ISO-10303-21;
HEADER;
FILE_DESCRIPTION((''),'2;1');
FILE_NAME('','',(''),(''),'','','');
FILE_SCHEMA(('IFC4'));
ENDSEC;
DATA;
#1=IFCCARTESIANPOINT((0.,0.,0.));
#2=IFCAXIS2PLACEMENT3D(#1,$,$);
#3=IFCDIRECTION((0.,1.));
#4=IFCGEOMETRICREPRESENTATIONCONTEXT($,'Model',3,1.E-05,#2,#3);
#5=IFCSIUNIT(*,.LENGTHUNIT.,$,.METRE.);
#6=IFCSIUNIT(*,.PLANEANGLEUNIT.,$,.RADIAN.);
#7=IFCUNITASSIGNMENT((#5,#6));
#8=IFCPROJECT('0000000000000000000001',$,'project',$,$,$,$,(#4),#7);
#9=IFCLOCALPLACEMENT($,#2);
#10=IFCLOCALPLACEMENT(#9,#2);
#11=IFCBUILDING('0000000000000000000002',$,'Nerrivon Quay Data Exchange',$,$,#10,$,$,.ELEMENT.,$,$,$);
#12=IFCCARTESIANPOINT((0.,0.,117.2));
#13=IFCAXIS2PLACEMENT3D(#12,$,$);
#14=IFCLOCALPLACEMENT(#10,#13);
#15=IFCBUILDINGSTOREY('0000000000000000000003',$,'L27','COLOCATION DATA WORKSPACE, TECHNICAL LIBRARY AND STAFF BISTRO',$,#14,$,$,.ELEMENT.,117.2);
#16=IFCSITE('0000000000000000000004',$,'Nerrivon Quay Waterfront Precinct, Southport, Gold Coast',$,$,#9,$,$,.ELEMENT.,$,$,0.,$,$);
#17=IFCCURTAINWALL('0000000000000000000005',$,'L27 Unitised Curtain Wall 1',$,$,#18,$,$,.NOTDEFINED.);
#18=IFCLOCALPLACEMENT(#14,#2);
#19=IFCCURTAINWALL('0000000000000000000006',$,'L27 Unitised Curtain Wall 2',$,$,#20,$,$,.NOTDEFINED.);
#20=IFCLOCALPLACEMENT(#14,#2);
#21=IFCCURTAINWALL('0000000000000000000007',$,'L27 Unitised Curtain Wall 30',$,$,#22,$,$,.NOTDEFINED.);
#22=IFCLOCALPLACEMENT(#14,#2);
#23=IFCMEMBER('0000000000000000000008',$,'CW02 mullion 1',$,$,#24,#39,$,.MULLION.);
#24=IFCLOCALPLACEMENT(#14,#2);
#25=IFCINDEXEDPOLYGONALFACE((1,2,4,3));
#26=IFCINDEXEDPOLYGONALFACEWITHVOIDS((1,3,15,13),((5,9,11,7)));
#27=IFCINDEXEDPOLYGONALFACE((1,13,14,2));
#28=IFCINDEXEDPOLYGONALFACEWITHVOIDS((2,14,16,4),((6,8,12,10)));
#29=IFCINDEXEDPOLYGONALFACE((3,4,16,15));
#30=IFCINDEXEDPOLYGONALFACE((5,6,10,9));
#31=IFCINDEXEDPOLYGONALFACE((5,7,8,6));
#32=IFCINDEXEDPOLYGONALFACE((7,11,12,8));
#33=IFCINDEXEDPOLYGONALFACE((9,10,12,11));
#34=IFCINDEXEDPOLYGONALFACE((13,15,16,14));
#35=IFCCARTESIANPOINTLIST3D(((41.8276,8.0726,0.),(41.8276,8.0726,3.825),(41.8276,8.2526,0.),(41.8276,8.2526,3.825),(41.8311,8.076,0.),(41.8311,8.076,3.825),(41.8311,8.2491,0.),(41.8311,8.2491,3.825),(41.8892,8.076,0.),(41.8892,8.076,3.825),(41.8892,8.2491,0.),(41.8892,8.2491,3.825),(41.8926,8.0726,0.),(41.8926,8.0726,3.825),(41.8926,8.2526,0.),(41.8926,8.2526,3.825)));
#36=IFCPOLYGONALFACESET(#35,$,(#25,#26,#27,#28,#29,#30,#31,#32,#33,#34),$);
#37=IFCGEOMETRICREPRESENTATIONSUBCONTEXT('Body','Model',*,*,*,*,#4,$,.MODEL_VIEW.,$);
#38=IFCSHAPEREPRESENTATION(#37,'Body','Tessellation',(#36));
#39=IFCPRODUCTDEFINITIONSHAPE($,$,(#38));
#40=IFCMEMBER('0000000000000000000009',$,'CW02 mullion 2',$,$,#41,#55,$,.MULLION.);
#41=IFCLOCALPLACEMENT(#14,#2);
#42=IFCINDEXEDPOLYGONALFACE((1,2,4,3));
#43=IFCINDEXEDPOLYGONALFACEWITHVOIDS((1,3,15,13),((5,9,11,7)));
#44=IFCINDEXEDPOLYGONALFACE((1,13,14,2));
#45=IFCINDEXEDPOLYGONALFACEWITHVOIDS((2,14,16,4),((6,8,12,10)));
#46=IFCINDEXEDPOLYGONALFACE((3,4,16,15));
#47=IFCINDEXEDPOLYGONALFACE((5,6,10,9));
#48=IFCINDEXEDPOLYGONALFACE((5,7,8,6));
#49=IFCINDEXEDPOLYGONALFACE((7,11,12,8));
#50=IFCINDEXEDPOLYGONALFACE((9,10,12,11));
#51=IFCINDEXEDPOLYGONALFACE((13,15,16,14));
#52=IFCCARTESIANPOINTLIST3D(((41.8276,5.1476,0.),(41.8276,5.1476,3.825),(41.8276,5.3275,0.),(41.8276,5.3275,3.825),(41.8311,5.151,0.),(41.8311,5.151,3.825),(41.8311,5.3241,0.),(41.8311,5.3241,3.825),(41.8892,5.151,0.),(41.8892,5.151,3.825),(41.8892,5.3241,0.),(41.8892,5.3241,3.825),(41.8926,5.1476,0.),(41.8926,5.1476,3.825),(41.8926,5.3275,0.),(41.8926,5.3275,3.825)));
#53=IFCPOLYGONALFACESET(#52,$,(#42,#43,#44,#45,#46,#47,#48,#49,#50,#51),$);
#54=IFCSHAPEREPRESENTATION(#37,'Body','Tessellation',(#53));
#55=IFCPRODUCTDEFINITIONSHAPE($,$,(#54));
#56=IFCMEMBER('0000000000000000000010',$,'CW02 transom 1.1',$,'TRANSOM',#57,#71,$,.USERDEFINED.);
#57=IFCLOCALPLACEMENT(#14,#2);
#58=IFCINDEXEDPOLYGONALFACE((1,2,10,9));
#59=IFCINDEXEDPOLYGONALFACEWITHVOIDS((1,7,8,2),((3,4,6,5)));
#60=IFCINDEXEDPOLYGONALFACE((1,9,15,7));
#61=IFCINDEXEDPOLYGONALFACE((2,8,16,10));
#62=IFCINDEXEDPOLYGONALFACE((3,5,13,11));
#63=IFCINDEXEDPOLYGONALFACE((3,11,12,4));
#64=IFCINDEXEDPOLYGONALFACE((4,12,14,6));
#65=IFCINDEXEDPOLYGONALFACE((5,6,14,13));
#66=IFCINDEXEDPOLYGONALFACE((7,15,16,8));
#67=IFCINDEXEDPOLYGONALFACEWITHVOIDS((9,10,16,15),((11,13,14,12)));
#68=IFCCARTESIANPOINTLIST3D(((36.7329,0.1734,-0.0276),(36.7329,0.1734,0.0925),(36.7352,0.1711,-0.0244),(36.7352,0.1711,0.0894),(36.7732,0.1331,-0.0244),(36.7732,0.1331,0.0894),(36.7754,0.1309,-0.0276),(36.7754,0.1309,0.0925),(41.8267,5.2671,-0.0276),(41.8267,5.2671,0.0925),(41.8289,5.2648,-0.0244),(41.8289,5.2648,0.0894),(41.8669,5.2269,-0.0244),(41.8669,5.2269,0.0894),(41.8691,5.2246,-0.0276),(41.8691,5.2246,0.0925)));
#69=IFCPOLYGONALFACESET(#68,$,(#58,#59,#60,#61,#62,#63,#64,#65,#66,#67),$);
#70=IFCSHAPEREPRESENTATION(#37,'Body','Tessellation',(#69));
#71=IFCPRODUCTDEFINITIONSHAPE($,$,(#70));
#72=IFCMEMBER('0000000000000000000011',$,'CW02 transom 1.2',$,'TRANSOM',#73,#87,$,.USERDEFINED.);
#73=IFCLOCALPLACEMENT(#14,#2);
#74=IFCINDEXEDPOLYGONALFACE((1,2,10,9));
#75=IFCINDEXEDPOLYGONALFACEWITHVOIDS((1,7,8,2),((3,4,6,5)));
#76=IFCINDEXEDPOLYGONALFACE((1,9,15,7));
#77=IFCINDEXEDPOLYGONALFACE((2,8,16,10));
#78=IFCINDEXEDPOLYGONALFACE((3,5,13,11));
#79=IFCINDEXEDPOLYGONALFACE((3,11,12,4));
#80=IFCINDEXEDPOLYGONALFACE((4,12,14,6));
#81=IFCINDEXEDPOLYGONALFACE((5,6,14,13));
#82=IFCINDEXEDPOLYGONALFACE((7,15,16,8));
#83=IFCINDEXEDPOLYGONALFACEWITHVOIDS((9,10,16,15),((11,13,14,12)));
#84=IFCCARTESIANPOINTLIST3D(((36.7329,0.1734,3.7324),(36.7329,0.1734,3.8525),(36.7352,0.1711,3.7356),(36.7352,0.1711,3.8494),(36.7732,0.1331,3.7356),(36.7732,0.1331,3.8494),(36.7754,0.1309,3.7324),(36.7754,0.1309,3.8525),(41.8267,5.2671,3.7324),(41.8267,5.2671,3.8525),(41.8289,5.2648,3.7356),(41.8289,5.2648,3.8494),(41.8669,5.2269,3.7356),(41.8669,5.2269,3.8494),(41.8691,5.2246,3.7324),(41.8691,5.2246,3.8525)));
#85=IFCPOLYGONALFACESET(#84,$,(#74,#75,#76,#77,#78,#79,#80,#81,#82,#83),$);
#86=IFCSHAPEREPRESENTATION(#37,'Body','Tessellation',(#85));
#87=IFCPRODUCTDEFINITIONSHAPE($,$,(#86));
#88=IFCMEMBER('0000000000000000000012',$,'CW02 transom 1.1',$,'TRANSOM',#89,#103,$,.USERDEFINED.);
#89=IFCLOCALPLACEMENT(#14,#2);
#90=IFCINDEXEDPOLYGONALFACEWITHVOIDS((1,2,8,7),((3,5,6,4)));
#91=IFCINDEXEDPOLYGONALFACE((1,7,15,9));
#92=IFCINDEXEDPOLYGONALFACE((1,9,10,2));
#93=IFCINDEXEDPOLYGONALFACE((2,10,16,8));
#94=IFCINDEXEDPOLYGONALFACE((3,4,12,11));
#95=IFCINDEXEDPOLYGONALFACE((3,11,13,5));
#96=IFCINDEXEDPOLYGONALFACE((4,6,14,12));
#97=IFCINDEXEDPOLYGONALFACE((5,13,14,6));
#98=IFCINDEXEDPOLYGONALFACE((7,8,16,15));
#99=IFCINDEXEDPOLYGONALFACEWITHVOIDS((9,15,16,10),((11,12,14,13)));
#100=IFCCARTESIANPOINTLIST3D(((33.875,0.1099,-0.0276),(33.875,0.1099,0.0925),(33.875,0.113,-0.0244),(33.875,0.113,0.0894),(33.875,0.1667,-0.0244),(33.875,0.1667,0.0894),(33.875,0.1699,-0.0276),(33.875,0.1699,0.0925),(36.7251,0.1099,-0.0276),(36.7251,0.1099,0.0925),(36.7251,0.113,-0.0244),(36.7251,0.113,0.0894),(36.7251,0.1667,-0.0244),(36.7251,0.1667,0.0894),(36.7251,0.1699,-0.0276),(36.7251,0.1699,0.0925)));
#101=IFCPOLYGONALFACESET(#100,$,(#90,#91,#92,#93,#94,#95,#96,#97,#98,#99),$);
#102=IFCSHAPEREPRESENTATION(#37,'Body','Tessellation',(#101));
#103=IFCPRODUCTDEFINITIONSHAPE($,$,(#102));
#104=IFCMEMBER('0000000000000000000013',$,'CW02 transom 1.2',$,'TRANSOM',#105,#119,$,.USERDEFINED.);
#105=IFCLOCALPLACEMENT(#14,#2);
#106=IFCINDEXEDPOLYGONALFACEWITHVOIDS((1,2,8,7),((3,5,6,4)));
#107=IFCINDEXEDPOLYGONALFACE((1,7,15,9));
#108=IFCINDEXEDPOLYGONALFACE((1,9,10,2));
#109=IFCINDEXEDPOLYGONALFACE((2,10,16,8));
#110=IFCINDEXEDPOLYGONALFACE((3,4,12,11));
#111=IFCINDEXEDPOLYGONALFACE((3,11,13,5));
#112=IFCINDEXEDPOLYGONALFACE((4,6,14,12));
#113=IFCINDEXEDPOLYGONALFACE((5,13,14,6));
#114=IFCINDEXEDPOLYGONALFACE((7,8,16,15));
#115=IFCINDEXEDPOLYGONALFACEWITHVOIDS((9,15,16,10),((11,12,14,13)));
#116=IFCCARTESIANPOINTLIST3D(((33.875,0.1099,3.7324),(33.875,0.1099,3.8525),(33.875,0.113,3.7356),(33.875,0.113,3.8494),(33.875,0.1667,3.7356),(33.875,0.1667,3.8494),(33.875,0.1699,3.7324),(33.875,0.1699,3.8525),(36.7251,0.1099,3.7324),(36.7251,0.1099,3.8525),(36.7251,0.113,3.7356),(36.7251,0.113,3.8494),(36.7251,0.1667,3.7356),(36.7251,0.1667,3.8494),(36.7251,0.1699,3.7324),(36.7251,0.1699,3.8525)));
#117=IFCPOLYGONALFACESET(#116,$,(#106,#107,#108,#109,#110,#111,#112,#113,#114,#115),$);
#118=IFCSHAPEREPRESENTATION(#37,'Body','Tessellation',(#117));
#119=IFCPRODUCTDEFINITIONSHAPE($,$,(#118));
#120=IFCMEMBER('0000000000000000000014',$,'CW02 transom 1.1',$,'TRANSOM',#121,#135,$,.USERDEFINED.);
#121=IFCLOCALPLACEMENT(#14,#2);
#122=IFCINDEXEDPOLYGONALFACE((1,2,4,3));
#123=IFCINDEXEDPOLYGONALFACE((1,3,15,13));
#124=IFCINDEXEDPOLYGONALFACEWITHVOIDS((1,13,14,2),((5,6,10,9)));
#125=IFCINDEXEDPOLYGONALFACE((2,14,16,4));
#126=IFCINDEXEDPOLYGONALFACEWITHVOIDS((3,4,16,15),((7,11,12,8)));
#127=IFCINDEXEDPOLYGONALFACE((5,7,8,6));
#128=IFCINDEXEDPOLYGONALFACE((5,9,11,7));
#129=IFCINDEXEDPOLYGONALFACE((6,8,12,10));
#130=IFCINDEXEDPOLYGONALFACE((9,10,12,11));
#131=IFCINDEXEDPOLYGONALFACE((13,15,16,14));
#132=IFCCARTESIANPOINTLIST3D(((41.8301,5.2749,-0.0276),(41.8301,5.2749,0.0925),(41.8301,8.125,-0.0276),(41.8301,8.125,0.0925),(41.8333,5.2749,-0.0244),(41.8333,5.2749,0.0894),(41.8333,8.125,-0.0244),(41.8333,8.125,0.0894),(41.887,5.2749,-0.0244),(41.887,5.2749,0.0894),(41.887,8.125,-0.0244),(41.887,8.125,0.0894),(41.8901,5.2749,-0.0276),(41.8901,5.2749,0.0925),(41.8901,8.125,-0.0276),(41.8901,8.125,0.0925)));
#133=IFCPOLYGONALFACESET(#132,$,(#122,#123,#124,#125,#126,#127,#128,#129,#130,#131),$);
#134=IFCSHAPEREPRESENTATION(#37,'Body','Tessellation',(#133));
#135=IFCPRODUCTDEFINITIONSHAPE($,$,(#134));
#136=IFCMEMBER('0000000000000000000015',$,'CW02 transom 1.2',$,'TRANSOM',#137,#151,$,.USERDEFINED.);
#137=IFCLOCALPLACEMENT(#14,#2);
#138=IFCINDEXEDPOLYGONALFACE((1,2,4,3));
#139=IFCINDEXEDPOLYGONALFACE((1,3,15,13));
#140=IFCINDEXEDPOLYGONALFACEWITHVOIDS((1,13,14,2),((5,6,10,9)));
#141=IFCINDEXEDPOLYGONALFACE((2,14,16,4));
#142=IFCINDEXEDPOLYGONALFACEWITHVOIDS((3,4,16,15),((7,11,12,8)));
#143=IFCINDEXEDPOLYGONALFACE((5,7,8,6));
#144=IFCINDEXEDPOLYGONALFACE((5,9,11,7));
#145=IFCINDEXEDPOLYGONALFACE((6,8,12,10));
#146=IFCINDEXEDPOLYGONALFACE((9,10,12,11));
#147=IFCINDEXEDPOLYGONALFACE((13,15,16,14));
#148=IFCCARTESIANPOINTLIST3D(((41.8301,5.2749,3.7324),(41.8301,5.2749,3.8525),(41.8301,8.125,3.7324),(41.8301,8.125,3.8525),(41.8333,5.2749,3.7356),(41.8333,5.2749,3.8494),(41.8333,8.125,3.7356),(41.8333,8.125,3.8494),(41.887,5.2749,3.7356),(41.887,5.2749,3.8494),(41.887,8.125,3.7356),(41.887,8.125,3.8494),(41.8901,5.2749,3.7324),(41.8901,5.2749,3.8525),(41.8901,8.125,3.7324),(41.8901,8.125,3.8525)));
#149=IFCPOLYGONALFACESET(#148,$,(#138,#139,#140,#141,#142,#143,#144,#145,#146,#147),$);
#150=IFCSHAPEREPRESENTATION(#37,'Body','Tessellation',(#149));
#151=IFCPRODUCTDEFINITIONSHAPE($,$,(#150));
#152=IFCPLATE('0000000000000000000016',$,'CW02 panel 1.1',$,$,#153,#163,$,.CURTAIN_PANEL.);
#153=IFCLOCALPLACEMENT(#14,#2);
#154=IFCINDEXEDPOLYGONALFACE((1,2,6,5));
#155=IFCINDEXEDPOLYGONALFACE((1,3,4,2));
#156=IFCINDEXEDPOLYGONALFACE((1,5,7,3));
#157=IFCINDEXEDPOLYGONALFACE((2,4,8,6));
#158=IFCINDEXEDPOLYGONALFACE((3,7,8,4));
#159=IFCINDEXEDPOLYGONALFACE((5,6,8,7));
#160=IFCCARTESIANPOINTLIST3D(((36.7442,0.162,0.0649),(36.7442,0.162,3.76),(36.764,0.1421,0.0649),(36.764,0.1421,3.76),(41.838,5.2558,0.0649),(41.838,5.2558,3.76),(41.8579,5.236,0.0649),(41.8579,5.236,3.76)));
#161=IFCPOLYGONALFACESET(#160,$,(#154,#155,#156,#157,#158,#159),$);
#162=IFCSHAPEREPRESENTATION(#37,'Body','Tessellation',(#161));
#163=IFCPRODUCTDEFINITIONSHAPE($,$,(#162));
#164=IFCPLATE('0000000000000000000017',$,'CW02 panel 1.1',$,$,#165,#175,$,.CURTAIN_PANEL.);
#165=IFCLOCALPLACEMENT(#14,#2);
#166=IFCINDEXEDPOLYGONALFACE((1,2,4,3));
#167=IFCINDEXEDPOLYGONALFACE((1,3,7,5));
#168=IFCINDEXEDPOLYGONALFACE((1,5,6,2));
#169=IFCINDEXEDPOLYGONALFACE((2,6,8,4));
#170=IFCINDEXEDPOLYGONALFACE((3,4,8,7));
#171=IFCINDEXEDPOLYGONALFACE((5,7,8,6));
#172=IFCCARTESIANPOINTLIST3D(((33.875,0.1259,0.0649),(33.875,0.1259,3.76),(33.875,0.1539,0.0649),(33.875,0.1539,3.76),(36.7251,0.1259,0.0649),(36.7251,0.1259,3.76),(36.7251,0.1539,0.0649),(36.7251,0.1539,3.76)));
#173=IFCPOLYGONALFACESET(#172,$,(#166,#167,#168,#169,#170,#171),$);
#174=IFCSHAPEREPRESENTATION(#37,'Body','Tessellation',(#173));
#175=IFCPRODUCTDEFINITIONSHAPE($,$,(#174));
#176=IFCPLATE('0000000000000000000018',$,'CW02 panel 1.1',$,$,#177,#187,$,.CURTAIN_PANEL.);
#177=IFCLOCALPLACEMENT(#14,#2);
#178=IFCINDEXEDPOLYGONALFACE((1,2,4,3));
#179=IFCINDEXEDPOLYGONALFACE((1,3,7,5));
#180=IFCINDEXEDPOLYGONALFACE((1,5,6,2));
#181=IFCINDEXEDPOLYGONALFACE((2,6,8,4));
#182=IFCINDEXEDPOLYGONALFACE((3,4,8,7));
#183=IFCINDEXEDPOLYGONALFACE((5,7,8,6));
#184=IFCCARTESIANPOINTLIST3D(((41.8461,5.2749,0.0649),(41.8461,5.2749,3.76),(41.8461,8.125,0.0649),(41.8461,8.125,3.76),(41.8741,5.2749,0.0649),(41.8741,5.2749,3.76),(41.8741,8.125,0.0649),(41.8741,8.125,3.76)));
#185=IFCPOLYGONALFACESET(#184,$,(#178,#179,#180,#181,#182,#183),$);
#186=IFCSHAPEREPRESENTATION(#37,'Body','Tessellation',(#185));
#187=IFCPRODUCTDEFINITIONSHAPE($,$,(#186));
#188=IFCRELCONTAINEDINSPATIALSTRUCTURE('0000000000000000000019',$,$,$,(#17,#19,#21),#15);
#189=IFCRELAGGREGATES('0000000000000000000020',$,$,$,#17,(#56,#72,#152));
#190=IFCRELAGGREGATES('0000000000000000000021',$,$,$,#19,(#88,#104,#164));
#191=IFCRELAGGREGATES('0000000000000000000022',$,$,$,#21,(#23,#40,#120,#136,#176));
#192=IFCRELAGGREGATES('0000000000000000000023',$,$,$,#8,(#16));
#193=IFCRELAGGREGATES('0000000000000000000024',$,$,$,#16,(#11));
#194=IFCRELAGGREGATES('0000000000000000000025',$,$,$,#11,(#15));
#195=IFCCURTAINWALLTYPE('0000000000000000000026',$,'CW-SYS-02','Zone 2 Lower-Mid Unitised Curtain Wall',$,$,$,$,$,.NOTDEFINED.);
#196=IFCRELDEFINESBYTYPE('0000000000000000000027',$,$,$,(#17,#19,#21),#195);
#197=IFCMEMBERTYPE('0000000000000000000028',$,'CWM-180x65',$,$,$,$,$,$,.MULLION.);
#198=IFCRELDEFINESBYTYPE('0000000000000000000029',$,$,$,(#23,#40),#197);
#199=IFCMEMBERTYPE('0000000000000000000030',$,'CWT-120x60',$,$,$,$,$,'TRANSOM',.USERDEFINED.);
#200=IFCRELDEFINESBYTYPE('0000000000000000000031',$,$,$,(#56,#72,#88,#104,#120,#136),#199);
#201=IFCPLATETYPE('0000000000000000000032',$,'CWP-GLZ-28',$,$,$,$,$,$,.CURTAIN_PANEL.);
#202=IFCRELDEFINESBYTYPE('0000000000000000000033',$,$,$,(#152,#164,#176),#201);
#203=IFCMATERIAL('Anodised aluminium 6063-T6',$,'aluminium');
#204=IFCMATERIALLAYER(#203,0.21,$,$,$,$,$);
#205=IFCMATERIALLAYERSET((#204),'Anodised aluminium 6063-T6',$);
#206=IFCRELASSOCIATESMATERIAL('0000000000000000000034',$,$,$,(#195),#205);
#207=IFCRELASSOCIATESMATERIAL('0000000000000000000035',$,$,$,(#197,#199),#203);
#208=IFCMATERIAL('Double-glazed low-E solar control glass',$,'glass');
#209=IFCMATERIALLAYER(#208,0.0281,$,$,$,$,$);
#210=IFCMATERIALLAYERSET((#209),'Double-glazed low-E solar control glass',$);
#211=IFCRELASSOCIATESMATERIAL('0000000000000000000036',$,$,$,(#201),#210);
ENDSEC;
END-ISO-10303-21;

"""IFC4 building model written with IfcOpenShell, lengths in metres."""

from ifc_helpers import new_model, si_unit, direction, frame, origin, origin_2d, place, context, subcontext, project, spatial, rectangle, hollow_rectangle, extrude, material, layer, layer_set, material_profile, profile_set, type_object, element, aggregate, save


model = new_model("IFC4")

# Units and contexts
model_context = context("Model", 3, precision=1e-05, world=origin(), true_north=direction((0.0, 1.0)))
body_context = subcontext(model_context, "Body", "Model", "MODEL_VIEW")
ifc_project = project(units=[si_unit("LENGTHUNIT", "METRE"), si_unit("PLANEANGLEUNIT", "RADIAN")], contexts=[model_context])

# Site, building, storey
site_placement = place(None, origin())
site = spatial("IfcSite", under=ifc_project, at=site_placement, Name="Nerrivon Quay Waterfront Precinct, Southport, Gold Coast", CompositionType="ELEMENT", RefElevation=0.0)
building_placement = place(site_placement, origin())
building = spatial("IfcBuilding", under=site, at=building_placement, Name="Nerrivon Quay Data Exchange", CompositionType="ELEMENT")
storey_placement = place(building_placement, frame((0.0, 0.0, 117.2)))
storey = spatial("IfcBuildingStorey", under=building, at=storey_placement, Name="L27", Description="COLOCATION DATA WORKSPACE, TECHNICAL LIBRARY AND STAFF BISTRO", CompositionType="ELEMENT", Elevation=117.2)

# Curtain walls, members
ifc_material_1 = material(Name="Anodised aluminium 6063-T6", Category="aluminium")
ifc_layer_1 = layer(ifc_material_1, 0.21)
ifc_layer_set_1 = layer_set([ifc_layer_1], Name="Anodised aluminium 6063-T6")
curtain_wall_type = type_object("IfcCurtainWallType", Name="CW-SYS-02", Description="Zone 2 Lower-Mid Unitised Curtain Wall", PredefinedType="NOTDEFINED", material=ifc_layer_set_1)
curtain_wall_1_placement = place(storey_placement, origin())
curtain_wall_1 = element("IfcCurtainWall", 1, at=curtain_wall_1_placement, inside=storey, type_object=curtain_wall_type, Name="L27 Unitised Curtain Wall 1", PredefinedType="NOTDEFINED")
ifc_material_profile_1 = material_profile(ifc_material_1, hollow_rectangle(XDim=0.0649, YDim=0.1799, WallThickness=0.0034, at=origin_2d()), Name="ALU-MULL-180x65")
ifc_profile_set_1 = profile_set([ifc_material_profile_1], Name="Anodised aluminium 6063-T6")
member_type_1 = type_object("IfcMemberType", Name="CWM-180x65", PredefinedType="MULLION", material=ifc_profile_set_1)
curtain_wall_2_placement = place(storey_placement, origin())
curtain_wall_2 = element("IfcCurtainWall", 2, at=curtain_wall_2_placement, inside=storey, type_object=curtain_wall_type, Name="L27 Unitised Curtain Wall 2", PredefinedType="NOTDEFINED")
curtain_wall_3_placement = place(storey_placement, origin())
curtain_wall_3 = element("IfcCurtainWall", 3, at=curtain_wall_3_placement, inside=storey, type_object=curtain_wall_type, Name="L27 Unitised Curtain Wall 30", PredefinedType="NOTDEFINED")
member_1_placement = place(storey_placement, frame((41.8601, 8.1626, 0.0), z_axis=(0.0, 0.0, 1.0), x_axis=(1.0, 0.0, 0.0)))
member_1 = element("IfcMember", 4, at=member_1_placement, type_object=member_type_1, Name="CW02 mullion 1", PredefinedType="MULLION", context=body_context, shape_type="SweptSolid", body=[
    extrude(hollow_rectangle(XDim=0.0649, YDim=0.1799, WallThickness=0.0034, at=origin_2d()), origin(), (0.0, 0.0, 1.0), 3.825),
])
member_2_placement = place(storey_placement, frame((41.8601, 5.2375, 0.0), z_axis=(0.0, 0.0, 1.0), x_axis=(1.0, 0.0, 0.0)))
member_2 = element("IfcMember", 5, at=member_2_placement, type_object=member_type_1, Name="CW02 mullion 2", PredefinedType="MULLION", context=body_context, shape_type="SweptSolid", body=[
    extrude(hollow_rectangle(XDim=0.0649, YDim=0.1799, WallThickness=0.0034, at=origin_2d()), origin(), (0.0, 0.0, 1.0), 3.825),
])

# Members
ifc_material_profile_2 = material_profile(ifc_material_1, hollow_rectangle(XDim=0.0601, YDim=0.1201, WallThickness=0.0032, at=origin_2d()), Name="ALU-TRAN-120x60")
ifc_profile_set_2 = profile_set([ifc_material_profile_2], Name="Anodised aluminium 6063-T6")
member_type_2 = type_object("IfcMemberType", Name="CWT-120x60", ElementType="TRANSOM", PredefinedType="USERDEFINED", material=ifc_profile_set_2)
member_3_placement = place(storey_placement, frame((41.8479, 5.2458, 0.0325), z_axis=(-0.707107, -0.707107, 0.0), x_axis=(0.707107, -0.707107, 0.0)))
member_3 = element("IfcMember", 6, at=member_3_placement, type_object=member_type_2, Name="CW02 transom 1.1", ObjectType="TRANSOM", PredefinedType="USERDEFINED", context=body_context, shape_type="SweptSolid", body=[
    extrude(hollow_rectangle(XDim=0.0601, YDim=0.1201, WallThickness=0.0032, at=origin_2d()), origin(), (0.0, 0.0, 1.0), 7.2036),
])
member_4_placement = place(storey_placement, frame((41.8479, 5.2458, 3.7925), z_axis=(-0.707107, -0.707107, 0.0), x_axis=(0.707107, -0.707107, 0.0)))
member_4 = element("IfcMember", 7, at=member_4_placement, type_object=member_type_2, Name="CW02 transom 1.2", ObjectType="TRANSOM", PredefinedType="USERDEFINED", context=body_context, shape_type="SweptSolid", body=[
    extrude(hollow_rectangle(XDim=0.0601, YDim=0.1201, WallThickness=0.0032, at=origin_2d()), origin(), (0.0, 0.0, 1.0), 7.2036),
])
member_5_placement = place(storey_placement, frame((36.7251, 0.1399, 0.0325), z_axis=(-1.0, 0.0, 0.0), x_axis=(0.0, -1.0, 0.0)))
member_5 = element("IfcMember", 8, at=member_5_placement, type_object=member_type_2, Name="CW02 transom 1.1", ObjectType="TRANSOM", PredefinedType="USERDEFINED", context=body_context, shape_type="SweptSolid", body=[
    extrude(hollow_rectangle(XDim=0.0601, YDim=0.1201, WallThickness=0.0032, at=origin_2d()), origin(), (0.0, 0.0, 1.0), 2.8501),
])
member_6_placement = place(storey_placement, frame((36.7251, 0.1399, 3.7925), z_axis=(-1.0, 0.0, 0.0), x_axis=(0.0, -1.0, 0.0)))
member_6 = element("IfcMember", 9, at=member_6_placement, type_object=member_type_2, Name="CW02 transom 1.2", ObjectType="TRANSOM", PredefinedType="USERDEFINED", context=body_context, shape_type="SweptSolid", body=[
    extrude(hollow_rectangle(XDim=0.0601, YDim=0.1201, WallThickness=0.0032, at=origin_2d()), origin(), (0.0, 0.0, 1.0), 2.8501),
])
member_7_placement = place(storey_placement, frame((41.8601, 8.125, 0.0325), z_axis=(0.0, -1.0, 0.0), x_axis=(1.0, 0.0, 0.0)))
member_7 = element("IfcMember", 10, at=member_7_placement, type_object=member_type_2, Name="CW02 transom 1.1", ObjectType="TRANSOM", PredefinedType="USERDEFINED", context=body_context, shape_type="SweptSolid", body=[
    extrude(hollow_rectangle(XDim=0.0601, YDim=0.1201, WallThickness=0.0032, at=origin_2d()), origin(), (0.0, 0.0, 1.0), 2.8501),
])
member_8_placement = place(storey_placement, frame((41.8601, 8.125, 3.7925), z_axis=(0.0, -1.0, 0.0), x_axis=(1.0, 0.0, 0.0)))
member_8 = element("IfcMember", 11, at=member_8_placement, type_object=member_type_2, Name="CW02 transom 1.2", ObjectType="TRANSOM", PredefinedType="USERDEFINED", context=body_context, shape_type="SweptSolid", body=[
    extrude(hollow_rectangle(XDim=0.0601, YDim=0.1201, WallThickness=0.0032, at=origin_2d()), origin(), (0.0, 0.0, 1.0), 2.8501),
])

# Plates
ifc_material_2 = material(Name="Double-glazed low-E solar control glass", Category="glass")
ifc_layer_2 = layer(ifc_material_2, 0.0281)
ifc_layer_set_2 = layer_set([ifc_layer_2], Name="Double-glazed low-E solar control glass")
plate_type = type_object("IfcPlateType", Name="CWP-GLZ-28", PredefinedType="CURTAIN_PANEL", material=ifc_layer_set_2)
plate_1_placement = place(storey_placement, frame((39.301, 2.699, 0.0649), z_axis=(0.0, 0.0, 1.0), x_axis=(-0.707107, -0.707107, 0.0)))
plate_1 = element("IfcPlate", 12, at=plate_1_placement, type_object=plate_type, Name="CW02 panel 1.1", PredefinedType="CURTAIN_PANEL", context=body_context, shape_type="SweptSolid", body=[
    extrude(rectangle(XDim=7.2039, YDim=0.0281, at=origin_2d()), origin(), (0.0, 0.0, 1.0), 3.6951),
])
aggregate(curtain_wall_1, [member_3, member_4, plate_1])
plate_2_placement = place(storey_placement, frame((35.3, 0.1399, 0.0649), z_axis=(0.0, 0.0, 1.0), x_axis=(-1.0, 0.0, 0.0)))
plate_2 = element("IfcPlate", 13, at=plate_2_placement, type_object=plate_type, Name="CW02 panel 1.1", PredefinedType="CURTAIN_PANEL", context=body_context, shape_type="SweptSolid", body=[
    extrude(rectangle(XDim=2.8501, YDim=0.0281, at=origin_2d()), origin(), (0.0, 0.0, 1.0), 3.6951),
])
aggregate(curtain_wall_2, [member_5, member_6, plate_2])
plate_3_placement = place(storey_placement, frame((41.8601, 6.7, 0.0649), z_axis=(0.0, 0.0, 1.0), x_axis=(0.0, -1.0, 0.0)))
plate_3 = element("IfcPlate", 14, at=plate_3_placement, type_object=plate_type, Name="CW02 panel 1.1", PredefinedType="CURTAIN_PANEL", context=body_context, shape_type="SweptSolid", body=[
    extrude(rectangle(XDim=2.8501, YDim=0.0281, at=origin_2d()), origin(), (0.0, 0.0, 1.0), 3.6951),
])
aggregate(curtain_wall_3, [member_1, member_2, member_7, member_8, plate_3])

save(model, "model.ifc")
